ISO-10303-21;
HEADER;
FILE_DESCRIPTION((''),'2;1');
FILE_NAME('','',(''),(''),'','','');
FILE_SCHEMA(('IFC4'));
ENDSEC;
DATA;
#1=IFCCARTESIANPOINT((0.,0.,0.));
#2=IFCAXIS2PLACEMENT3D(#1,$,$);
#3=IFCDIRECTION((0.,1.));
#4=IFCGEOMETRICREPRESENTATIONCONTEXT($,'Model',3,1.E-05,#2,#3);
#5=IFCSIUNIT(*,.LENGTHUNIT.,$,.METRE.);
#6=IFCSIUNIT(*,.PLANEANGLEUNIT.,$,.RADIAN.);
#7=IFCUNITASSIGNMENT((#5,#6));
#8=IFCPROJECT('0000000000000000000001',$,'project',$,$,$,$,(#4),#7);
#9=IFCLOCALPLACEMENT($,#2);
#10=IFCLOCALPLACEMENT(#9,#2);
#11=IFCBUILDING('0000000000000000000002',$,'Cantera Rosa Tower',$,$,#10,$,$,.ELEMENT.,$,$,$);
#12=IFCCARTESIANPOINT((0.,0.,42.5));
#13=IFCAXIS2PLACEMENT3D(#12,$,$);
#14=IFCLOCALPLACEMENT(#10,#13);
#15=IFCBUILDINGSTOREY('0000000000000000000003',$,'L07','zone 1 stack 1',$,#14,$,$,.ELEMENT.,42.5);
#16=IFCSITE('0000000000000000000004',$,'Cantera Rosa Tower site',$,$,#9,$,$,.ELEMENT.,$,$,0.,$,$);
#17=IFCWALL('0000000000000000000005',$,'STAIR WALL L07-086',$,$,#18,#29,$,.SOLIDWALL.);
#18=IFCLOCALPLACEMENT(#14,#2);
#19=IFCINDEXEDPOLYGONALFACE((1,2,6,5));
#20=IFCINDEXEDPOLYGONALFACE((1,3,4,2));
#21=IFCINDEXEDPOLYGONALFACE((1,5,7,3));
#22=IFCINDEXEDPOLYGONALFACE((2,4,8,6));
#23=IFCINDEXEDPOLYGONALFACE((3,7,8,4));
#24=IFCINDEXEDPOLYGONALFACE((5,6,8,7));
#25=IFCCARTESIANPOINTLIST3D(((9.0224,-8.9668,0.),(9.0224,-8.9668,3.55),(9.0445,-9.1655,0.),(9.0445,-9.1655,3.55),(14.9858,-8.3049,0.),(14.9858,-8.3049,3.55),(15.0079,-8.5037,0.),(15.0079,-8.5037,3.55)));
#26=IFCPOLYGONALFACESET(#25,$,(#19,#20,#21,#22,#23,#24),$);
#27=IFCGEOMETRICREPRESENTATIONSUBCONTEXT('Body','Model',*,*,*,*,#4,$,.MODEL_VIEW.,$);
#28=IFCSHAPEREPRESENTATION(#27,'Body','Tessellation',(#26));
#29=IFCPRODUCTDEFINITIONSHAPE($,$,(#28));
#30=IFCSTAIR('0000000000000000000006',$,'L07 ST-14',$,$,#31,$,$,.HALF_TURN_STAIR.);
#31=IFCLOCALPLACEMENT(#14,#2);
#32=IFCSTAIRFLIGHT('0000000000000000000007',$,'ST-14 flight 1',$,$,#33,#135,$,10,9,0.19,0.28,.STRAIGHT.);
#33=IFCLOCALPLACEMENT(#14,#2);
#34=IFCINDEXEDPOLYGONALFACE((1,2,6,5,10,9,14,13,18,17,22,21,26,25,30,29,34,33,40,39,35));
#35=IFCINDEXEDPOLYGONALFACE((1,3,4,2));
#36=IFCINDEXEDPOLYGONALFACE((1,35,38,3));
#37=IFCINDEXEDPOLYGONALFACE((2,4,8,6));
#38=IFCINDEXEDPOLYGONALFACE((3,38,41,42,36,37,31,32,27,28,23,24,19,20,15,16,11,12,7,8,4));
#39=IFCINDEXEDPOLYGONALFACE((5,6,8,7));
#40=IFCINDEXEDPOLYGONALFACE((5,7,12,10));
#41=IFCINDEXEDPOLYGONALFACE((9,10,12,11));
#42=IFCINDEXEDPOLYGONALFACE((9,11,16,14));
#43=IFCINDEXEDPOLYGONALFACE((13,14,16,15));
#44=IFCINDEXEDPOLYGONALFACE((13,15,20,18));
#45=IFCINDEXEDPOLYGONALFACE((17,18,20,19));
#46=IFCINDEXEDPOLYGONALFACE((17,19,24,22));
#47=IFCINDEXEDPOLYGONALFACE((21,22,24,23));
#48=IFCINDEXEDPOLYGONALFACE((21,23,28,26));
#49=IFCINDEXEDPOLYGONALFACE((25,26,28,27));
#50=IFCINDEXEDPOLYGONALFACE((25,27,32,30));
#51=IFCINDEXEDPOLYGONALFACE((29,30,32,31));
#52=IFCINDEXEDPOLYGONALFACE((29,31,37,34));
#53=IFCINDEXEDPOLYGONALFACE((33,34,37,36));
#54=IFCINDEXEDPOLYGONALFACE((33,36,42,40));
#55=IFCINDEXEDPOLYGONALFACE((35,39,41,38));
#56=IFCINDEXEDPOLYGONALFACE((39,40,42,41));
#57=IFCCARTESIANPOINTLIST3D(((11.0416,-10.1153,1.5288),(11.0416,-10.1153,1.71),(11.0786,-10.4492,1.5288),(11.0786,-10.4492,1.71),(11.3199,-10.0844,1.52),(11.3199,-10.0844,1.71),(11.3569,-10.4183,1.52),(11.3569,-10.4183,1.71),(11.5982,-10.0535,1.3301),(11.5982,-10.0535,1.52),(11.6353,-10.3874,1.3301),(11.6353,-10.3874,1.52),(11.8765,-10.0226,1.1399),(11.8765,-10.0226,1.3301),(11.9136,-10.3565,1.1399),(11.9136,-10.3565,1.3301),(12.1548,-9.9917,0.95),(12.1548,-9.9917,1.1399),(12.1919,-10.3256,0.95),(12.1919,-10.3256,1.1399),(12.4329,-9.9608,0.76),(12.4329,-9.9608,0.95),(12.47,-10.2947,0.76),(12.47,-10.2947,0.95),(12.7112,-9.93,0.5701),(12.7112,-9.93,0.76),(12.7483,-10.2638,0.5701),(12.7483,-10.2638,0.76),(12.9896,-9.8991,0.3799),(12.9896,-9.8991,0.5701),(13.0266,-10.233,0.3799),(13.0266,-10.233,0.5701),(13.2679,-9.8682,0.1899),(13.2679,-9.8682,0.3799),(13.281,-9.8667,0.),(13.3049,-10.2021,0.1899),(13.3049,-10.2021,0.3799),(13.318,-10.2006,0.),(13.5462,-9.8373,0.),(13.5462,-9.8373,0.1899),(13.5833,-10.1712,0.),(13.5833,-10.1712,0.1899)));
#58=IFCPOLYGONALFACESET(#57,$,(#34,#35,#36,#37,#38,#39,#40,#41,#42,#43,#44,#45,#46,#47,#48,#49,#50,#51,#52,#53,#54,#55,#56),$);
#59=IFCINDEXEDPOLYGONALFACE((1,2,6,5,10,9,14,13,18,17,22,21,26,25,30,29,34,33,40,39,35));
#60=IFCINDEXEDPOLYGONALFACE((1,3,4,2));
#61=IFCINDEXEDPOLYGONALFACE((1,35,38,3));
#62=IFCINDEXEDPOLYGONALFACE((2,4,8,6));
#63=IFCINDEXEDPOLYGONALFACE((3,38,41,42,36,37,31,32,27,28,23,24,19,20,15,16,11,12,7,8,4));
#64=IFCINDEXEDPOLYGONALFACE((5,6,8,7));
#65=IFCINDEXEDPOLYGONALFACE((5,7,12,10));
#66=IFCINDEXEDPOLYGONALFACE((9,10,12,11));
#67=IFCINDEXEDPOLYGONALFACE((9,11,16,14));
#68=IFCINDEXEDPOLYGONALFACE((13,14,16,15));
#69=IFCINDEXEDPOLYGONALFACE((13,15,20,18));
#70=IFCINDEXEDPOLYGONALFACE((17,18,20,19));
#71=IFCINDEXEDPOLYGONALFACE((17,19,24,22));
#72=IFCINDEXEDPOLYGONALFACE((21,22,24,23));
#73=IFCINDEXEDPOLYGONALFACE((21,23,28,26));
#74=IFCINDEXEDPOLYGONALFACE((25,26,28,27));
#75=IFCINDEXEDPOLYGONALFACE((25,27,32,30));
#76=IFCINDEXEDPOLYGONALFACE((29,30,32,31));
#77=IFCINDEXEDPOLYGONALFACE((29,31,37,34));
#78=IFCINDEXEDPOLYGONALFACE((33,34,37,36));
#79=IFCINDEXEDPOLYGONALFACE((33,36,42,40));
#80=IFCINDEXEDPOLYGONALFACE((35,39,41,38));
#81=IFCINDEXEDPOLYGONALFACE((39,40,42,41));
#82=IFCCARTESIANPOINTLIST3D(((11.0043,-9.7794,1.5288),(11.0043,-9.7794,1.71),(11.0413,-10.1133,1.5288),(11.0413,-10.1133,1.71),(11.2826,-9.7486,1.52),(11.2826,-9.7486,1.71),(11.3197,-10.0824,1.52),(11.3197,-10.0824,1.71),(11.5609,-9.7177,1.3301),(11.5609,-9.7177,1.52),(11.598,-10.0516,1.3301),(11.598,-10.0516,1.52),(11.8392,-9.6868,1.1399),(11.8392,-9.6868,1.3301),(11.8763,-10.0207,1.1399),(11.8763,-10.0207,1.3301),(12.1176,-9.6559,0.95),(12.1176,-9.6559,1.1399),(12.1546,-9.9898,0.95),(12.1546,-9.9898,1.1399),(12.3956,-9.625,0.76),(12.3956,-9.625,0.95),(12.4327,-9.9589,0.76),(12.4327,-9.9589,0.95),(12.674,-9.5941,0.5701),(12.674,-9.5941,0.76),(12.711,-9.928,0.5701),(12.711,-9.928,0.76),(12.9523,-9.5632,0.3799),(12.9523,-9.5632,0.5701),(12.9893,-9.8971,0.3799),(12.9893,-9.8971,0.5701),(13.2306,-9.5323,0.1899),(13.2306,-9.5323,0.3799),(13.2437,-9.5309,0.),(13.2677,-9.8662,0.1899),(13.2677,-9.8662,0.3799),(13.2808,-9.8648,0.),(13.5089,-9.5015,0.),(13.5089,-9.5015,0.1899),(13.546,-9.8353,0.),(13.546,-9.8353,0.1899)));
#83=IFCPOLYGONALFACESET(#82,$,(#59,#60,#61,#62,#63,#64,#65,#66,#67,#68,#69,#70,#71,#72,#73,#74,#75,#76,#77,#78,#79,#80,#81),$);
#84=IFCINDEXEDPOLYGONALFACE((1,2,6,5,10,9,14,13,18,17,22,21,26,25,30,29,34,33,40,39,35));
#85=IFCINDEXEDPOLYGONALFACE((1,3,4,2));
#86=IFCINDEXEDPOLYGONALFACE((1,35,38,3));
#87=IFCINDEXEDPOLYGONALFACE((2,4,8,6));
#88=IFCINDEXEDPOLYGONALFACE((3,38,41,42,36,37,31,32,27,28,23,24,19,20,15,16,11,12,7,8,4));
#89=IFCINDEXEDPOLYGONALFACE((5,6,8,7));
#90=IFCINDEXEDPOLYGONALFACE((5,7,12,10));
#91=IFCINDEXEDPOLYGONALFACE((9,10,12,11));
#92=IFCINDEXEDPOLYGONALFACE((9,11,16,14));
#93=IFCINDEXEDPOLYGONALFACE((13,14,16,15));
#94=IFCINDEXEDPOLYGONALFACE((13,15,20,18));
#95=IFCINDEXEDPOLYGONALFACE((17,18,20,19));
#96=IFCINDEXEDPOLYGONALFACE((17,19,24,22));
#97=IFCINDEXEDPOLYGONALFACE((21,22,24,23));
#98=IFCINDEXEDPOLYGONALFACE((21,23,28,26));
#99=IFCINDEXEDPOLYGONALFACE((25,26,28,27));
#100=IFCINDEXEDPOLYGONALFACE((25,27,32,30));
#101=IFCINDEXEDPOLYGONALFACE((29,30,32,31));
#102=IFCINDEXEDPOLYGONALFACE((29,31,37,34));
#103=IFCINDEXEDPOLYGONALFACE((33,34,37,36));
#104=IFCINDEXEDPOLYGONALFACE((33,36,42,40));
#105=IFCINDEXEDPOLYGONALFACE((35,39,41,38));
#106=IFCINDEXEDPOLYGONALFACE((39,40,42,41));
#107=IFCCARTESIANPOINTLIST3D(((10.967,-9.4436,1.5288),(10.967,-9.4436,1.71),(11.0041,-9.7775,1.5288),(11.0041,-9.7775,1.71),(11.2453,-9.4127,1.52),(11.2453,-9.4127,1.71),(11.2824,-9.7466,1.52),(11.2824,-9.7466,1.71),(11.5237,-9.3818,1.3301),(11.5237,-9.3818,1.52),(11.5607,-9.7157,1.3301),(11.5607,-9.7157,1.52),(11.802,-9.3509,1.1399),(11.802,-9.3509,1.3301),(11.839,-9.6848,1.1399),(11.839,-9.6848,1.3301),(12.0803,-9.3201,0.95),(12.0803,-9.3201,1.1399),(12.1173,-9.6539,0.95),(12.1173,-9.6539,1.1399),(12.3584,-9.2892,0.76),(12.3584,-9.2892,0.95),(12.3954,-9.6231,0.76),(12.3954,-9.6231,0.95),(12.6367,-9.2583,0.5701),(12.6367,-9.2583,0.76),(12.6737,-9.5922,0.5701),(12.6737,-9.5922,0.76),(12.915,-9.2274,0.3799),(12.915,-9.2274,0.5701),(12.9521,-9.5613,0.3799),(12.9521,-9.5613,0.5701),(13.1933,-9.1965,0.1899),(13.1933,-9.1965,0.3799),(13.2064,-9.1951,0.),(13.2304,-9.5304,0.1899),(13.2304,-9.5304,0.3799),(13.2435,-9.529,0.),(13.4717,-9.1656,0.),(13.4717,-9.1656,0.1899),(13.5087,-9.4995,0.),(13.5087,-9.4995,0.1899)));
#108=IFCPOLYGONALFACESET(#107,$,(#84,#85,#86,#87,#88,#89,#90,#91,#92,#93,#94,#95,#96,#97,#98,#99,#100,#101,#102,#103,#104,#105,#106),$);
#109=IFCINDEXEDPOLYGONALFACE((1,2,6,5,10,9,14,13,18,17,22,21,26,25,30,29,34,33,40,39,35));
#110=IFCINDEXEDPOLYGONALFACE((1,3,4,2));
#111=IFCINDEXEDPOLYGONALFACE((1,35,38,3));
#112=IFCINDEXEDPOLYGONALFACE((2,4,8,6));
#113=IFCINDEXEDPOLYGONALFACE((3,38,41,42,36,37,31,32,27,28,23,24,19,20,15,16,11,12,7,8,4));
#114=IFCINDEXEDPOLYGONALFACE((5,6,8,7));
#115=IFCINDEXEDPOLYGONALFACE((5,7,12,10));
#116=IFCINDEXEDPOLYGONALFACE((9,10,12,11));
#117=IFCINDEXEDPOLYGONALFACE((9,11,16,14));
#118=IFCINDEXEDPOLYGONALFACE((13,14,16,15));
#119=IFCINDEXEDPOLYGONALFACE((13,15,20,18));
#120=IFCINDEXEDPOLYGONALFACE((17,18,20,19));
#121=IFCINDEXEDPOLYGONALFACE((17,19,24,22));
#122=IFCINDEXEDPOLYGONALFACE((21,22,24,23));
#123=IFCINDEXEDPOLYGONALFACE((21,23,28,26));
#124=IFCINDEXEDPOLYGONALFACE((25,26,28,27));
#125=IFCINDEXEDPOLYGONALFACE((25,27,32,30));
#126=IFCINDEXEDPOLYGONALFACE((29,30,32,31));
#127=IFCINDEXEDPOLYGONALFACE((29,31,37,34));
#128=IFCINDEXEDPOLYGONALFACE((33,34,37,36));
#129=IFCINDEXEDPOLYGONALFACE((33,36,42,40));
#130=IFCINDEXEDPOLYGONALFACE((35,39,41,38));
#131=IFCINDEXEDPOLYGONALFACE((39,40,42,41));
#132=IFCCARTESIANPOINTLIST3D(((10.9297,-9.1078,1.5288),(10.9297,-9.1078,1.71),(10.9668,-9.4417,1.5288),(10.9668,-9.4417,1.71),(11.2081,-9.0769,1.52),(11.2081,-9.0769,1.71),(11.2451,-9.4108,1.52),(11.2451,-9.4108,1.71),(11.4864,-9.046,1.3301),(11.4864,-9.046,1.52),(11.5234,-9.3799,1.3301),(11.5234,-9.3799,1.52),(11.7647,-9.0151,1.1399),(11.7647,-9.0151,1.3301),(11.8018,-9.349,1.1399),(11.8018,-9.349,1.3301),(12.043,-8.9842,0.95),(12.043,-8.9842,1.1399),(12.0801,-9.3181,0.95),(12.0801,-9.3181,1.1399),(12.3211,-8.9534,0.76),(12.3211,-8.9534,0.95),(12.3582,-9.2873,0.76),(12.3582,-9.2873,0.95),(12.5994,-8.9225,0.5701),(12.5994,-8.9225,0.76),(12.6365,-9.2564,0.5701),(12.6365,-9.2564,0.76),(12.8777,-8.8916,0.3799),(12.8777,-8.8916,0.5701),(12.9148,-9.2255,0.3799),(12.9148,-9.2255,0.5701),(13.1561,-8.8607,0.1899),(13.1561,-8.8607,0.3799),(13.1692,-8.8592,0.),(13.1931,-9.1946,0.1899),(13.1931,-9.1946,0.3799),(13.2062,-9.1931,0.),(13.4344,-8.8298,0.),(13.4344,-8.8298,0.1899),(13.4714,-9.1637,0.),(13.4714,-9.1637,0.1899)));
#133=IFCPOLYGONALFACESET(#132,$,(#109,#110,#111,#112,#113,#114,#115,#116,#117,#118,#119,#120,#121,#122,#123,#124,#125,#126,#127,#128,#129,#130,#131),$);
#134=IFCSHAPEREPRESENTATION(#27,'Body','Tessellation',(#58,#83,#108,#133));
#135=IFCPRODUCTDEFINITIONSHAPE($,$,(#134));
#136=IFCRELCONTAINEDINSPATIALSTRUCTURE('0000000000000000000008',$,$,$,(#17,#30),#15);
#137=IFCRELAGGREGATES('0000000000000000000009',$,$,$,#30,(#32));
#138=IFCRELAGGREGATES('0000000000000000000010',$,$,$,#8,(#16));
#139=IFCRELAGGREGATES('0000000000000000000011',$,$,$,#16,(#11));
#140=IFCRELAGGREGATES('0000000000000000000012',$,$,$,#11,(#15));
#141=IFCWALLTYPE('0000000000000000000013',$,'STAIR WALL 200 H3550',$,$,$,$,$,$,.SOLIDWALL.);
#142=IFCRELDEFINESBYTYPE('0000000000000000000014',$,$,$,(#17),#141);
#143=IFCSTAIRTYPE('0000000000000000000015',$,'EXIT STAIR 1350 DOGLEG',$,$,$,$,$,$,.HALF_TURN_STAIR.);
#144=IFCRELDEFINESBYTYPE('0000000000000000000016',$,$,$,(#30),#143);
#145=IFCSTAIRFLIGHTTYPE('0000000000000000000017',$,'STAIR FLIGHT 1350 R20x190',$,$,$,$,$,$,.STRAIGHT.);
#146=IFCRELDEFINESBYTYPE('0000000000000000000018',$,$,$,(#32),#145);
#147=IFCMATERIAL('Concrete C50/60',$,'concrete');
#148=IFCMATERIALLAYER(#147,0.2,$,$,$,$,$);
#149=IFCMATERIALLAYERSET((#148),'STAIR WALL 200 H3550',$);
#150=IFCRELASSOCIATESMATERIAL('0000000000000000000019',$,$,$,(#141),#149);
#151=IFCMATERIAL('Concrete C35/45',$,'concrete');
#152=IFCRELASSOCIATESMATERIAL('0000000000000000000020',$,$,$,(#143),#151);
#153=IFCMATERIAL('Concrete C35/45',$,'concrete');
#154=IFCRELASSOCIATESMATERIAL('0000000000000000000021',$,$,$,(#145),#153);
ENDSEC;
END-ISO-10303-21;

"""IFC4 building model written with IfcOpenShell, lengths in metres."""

from ifc_helpers import new_model, si_unit, direction, frame, frame_2d, origin, place, context, subcontext, project, spatial, polyline, rectangle, outline, extrude, material, layer, layer_set, type_object, element, aggregate, save


model = new_model("IFC4")

# Units and contexts
model_context = context("Model", 3, precision=1e-05, world=origin(), true_north=direction((0.0, 1.0)))
body_context = subcontext(model_context, "Body", "Model", "MODEL_VIEW")
ifc_project = project(units=[si_unit("LENGTHUNIT", "METRE"), si_unit("PLANEANGLEUNIT", "RADIAN")], contexts=[model_context])

# Site, building, storey
site_placement = place(None, origin())
site = spatial("IfcSite", under=ifc_project, at=site_placement, Name="Cantera Rosa Tower site", CompositionType="ELEMENT", RefElevation=0.0)
building_placement = place(site_placement, origin())
building = spatial("IfcBuilding", under=site, at=building_placement, Name="Cantera Rosa Tower", CompositionType="ELEMENT")
storey_placement = place(building_placement, frame((0.0, 0.0, 42.5)))
storey = spatial("IfcBuildingStorey", under=building, at=storey_placement, Name="L07", Description="zone 1 stack 1", CompositionType="ELEMENT", Elevation=42.5)

# Shared definitions
ifc_material_1 = material(Name="Concrete C50/60", Category="concrete")
ifc_layer_1 = layer(ifc_material_1, 0.2)
ifc_layer_set_1 = layer_set([ifc_layer_1], Name="STAIR WALL 200 H3550")
wall_type_1 = type_object("IfcWallType", Name="STAIR WALL 200 H3550", PredefinedType="SOLIDWALL", material=ifc_layer_set_1)

# Wall
wall_1_placement = place(storey_placement, frame((14.9968, -8.4043, 0.0), z_axis=(0.0, 0.0, 1.0), x_axis=(-0.993897, -0.110311, 0.0)))
element("IfcWall", 1, at=wall_1_placement, inside=storey, type_object=wall_type_1, Name="STAIR WALL L07-086", PredefinedType="SOLIDWALL", context=body_context, shape_type="SweptSolid", body=[
    extrude(rectangle(XDim=6.0, YDim=0.2, at=frame_2d((3.0, 0.0))), origin(), (0.0, 0.0, 1.0), 3.55),
])

# Stair, stair flight
ifc_material_2 = material(Name="Concrete C35/45", Category="concrete")
stair_type = type_object("IfcStairType", Name="EXIT STAIR 1350 DOGLEG", PredefinedType="HALF_TURN_STAIR", material=ifc_material_2)
stair_placement = place(storey_placement, origin())
stair = element("IfcStair", 2, at=stair_placement, inside=storey, type_object=stair_type, Name="L07 ST-14", PredefinedType="HALF_TURN_STAIR")
ifc_material_3 = material(Name="Concrete C35/45", Category="concrete")
stair_flight_type = type_object("IfcStairFlightType", Name="STAIR FLIGHT 1350 R20x190", PredefinedType="STRAIGHT", material=ifc_material_3)
stair_flight_placement = place(storey_placement, frame((13.5088, -9.5002, 0.0), z_axis=(0.0, 0.0, 1.0), x_axis=(-0.993897, -0.110313, 0.0)))
stair_flight = element("IfcStairFlight", 3, at=stair_flight_placement, type_object=stair_flight_type, Name="ST-14 flight 1", NumberOfRisers=10, NumberOfTreads=9, PredefinedType="STRAIGHT", RiserHeight=0.19, TreadLength=0.28, context=body_context, shape_type="SweptSolid", body=[
    extrude(outline(polyline([(0.0, 0.0), (0.0, 0.1899), (0.28, 0.1899), (0.28, 0.3799), (0.5601, 0.3799), (0.5601, 0.5701), (0.8401, 0.5701), (0.8401, 0.76), (1.1201, 0.76), (1.1201, 0.95), (1.3999, 0.95), (1.3999, 1.1399), (1.6799, 1.1399), (1.6799, 1.3301), (1.96, 1.3301), (1.96, 1.52), (2.24, 1.52), (2.24, 1.71), (2.52, 1.71), (2.52, 1.8999), (2.52, 1.5288), (0.2668, 0.0), (0.0, 0.0)])), frame((0.0, 0.675, 0.0), z_axis=(0.0, -1.0, 0.0), x_axis=(1.0, 0.0, 0.0)), (0.0, 0.0, 1.0), 0.3359),
    extrude(outline(polyline([(0.0, 0.0), (0.0, 0.1899), (0.28, 0.1899), (0.28, 0.3799), (0.5601, 0.3799), (0.5601, 0.5701), (0.8401, 0.5701), (0.8401, 0.76), (1.1201, 0.76), (1.1201, 0.95), (1.3999, 0.95), (1.3999, 1.1399), (1.6799, 1.1399), (1.6799, 1.3301), (1.96, 1.3301), (1.96, 1.52), (2.24, 1.52), (2.24, 1.71), (2.52, 1.71), (2.52, 1.8999), (2.52, 1.5288), (0.2668, 0.0), (0.0, 0.0)])), frame((0.0, 0.3372, 0.0), z_axis=(0.0, -1.0, 0.0), x_axis=(1.0, 0.0, 0.0)), (0.0, 0.0, 1.0), 0.3359),
    extrude(outline(polyline([(0.0, 0.0), (0.0, 0.1899), (0.28, 0.1899), (0.28, 0.3799), (0.5601, 0.3799), (0.5601, 0.5701), (0.8401, 0.5701), (0.8401, 0.76), (1.1201, 0.76), (1.1201, 0.95), (1.3999, 0.95), (1.3999, 1.1399), (1.6799, 1.1399), (1.6799, 1.3301), (1.96, 1.3301), (1.96, 1.52), (2.24, 1.52), (2.24, 1.71), (2.52, 1.71), (2.52, 1.8999), (2.52, 1.5288), (0.2668, 0.0), (0.0, 0.0)])), frame((0.0, -0.0007, 0.0), z_axis=(0.0, -1.0, 0.0), x_axis=(1.0, 0.0, 0.0)), (0.0, 0.0, 1.0), 0.3359),
    extrude(outline(polyline([(0.0, 0.0), (0.0, 0.1899), (0.28, 0.1899), (0.28, 0.3799), (0.5601, 0.3799), (0.5601, 0.5701), (0.8401, 0.5701), (0.8401, 0.76), (1.1201, 0.76), (1.1201, 0.95), (1.3999, 0.95), (1.3999, 1.1399), (1.6799, 1.1399), (1.6799, 1.3301), (1.96, 1.3301), (1.96, 1.52), (2.24, 1.52), (2.24, 1.71), (2.52, 1.71), (2.52, 1.8999), (2.52, 1.5288), (0.2668, 0.0), (0.0, 0.0)])), frame((0.0, -0.3386, 0.0), z_axis=(0.0, -1.0, 0.0), x_axis=(1.0, 0.0, 0.0)), (0.0, 0.0, 1.0), 0.3359),
])
aggregate(stair, [stair_flight])

save(model, "model.ifc")
